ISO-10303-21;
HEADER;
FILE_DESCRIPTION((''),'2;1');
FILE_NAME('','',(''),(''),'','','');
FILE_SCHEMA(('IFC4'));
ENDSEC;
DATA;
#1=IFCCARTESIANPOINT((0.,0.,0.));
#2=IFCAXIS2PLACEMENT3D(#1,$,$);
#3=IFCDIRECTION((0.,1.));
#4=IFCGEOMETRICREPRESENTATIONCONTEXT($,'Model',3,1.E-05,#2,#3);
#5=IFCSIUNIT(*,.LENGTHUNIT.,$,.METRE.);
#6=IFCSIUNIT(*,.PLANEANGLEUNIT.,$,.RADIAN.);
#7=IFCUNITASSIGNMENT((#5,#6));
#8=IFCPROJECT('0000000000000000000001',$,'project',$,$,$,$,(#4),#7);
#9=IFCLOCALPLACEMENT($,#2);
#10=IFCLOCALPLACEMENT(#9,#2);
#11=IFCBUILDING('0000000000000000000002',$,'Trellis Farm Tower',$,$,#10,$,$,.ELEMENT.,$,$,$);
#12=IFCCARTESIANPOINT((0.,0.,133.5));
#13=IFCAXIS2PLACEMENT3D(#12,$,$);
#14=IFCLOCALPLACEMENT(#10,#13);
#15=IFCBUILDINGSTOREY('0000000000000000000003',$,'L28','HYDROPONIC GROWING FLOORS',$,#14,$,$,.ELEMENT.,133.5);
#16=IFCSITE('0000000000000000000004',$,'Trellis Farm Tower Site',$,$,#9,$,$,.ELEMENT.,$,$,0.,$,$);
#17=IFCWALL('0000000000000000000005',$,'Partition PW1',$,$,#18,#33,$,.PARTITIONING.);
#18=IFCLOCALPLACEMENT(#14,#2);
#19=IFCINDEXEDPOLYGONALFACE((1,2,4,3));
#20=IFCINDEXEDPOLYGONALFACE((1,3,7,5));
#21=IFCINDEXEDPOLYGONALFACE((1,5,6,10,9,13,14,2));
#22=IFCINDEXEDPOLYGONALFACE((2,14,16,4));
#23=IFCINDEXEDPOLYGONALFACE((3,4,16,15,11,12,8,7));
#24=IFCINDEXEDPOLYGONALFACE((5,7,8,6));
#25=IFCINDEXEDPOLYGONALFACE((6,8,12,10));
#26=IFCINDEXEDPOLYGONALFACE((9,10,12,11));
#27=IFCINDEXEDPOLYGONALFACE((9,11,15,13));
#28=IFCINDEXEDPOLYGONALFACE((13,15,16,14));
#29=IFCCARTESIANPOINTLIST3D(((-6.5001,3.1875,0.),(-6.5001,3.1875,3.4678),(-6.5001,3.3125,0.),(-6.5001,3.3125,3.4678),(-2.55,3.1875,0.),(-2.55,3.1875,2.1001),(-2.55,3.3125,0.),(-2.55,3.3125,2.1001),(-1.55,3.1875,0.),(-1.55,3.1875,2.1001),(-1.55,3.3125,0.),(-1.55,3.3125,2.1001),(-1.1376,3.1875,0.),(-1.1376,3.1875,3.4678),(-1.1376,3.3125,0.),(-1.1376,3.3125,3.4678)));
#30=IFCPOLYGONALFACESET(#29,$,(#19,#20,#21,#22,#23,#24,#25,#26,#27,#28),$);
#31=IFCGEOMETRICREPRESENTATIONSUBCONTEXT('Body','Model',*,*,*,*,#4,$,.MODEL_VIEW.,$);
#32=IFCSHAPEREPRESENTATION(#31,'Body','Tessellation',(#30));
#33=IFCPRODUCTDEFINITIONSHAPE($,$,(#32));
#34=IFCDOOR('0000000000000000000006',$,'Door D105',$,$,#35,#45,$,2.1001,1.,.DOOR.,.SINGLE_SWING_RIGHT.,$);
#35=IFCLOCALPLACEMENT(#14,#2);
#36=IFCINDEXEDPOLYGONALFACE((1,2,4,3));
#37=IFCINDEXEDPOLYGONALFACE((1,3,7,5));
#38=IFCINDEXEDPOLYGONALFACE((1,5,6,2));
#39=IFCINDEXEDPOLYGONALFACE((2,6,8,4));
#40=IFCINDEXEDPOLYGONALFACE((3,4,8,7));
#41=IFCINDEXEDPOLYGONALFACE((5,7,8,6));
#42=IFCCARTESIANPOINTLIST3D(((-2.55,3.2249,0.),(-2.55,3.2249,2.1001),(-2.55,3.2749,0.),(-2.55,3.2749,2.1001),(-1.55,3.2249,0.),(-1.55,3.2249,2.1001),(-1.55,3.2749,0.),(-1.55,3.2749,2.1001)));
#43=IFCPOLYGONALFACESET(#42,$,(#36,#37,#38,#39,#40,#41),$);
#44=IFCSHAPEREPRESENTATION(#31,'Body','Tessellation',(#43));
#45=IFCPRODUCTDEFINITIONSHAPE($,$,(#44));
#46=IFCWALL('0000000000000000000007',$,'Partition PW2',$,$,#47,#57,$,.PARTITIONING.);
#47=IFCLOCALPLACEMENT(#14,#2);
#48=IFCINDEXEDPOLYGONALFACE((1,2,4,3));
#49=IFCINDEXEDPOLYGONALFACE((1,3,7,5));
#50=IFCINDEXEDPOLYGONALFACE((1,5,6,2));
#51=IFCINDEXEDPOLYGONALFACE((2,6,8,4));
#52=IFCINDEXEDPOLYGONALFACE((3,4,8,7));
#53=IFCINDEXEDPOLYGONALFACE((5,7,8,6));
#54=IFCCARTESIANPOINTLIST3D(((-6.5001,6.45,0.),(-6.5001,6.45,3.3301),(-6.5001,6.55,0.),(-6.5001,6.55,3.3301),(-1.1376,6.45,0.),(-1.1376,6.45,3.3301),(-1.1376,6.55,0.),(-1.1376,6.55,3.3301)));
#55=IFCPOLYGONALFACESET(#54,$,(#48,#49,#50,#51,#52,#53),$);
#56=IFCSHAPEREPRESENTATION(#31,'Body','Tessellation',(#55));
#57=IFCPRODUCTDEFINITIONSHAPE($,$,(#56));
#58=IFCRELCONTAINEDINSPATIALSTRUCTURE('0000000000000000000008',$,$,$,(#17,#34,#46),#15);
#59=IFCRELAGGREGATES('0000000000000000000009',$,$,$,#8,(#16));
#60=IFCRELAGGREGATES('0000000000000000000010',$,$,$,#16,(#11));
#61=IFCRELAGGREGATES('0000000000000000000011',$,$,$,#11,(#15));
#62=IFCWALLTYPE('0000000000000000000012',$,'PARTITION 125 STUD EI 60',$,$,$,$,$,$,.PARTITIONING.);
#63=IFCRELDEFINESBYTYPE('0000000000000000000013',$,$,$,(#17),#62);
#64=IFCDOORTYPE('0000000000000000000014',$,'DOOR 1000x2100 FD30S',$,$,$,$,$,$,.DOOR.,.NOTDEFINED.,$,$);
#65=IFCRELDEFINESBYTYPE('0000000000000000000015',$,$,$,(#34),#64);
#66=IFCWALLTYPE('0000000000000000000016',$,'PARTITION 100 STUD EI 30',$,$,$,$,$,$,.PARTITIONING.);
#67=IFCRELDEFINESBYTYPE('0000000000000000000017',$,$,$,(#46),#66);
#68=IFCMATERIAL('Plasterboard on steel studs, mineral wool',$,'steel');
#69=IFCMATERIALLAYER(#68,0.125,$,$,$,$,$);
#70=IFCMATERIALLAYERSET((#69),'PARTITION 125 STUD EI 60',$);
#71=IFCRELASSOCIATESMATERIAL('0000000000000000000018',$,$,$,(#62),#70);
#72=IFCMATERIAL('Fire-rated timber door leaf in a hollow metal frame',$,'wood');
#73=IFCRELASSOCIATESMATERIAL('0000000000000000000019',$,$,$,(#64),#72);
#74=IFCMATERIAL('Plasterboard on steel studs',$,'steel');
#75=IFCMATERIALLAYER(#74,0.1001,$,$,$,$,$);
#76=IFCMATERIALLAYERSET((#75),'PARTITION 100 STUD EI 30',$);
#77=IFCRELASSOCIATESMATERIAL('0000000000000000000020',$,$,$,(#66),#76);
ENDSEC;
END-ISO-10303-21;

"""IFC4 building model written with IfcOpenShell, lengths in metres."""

from ifc_helpers import new_model, si_unit, direction, frame, frame_2d, origin, place, context, subcontext, project, spatial, rectangle, extrude, source, transform, mapped, material, layer, layer_set, type_object, element, fill, save


model = new_model("IFC4")

# Units and contexts
model_context = context("Model", 3, precision=1e-05, world=origin(), true_north=direction((0.0, 1.0)))
body_context = subcontext(model_context, "Body", "Model", "MODEL_VIEW")
ifc_project = project(units=[si_unit("LENGTHUNIT", "METRE"), si_unit("PLANEANGLEUNIT", "RADIAN")], contexts=[model_context])

# Site, building, storey
site_placement = place(None, origin())
site = spatial("IfcSite", under=ifc_project, at=site_placement, Name="Trellis Farm Tower Site", CompositionType="ELEMENT", RefElevation=0.0)
building_placement = place(site_placement, origin())
building = spatial("IfcBuilding", under=site, at=building_placement, Name="Trellis Farm Tower", CompositionType="ELEMENT")
storey_placement = place(building_placement, frame((0.0, 0.0, 133.5)))
storey = spatial("IfcBuildingStorey", under=building, at=storey_placement, Name="L28", Description="HYDROPONIC GROWING FLOORS", CompositionType="ELEMENT", Elevation=133.5)

# Shared definitions
shared_shape_1 = source(origin(), body_context, "Body", "SweptSolid", [
    extrude(rectangle(XDim=1.0, YDim=2.1001, at=frame_2d((0.5, 1.05))), frame((0.0, 0.0249, 0.0), z_axis=(0.0, -1.0, 0.0), x_axis=(1.0, 0.0, 0.0)), (0.0, 0.0, 1.0), 0.05),
])

# Wall, opening, door
ifc_material_1 = material(Name="Plasterboard on steel studs, mineral wool", Category="steel")
ifc_layer_1 = layer(ifc_material_1, 0.125)
ifc_layer_set_1 = layer_set([ifc_layer_1], Name="PARTITION 125 STUD EI 60")
wall_type_1 = type_object("IfcWallType", Name="PARTITION 125 STUD EI 60", PredefinedType="PARTITIONING", material=ifc_layer_set_1)
shared_shape_2 = source(origin(), body_context, "Body", "SweptSolid", [
    extrude(rectangle(XDim=5.3625, YDim=0.125, at=frame_2d((2.6812, 0.0))), origin(), (0.0, 0.0, 1.0), 3.4678),
])
wall_1_placement = place(storey_placement, frame((-6.5, 3.25, 0.0), z_axis=(0.0, 0.0, 1.0), x_axis=(1.0, 0.0, 0.0)))
wall_1 = element("IfcWall", 1, at=wall_1_placement, inside=storey, type_object=wall_type_1, Name="Partition PW1", PredefinedType="PARTITIONING", context=body_context, shape_type="MappedRepresentation", body=[
    mapped(shared_shape_2, transform((0.0, 0.0, 0.0))),
])
shared_shape_3 = source(origin(), body_context, "Body", "SweptSolid", [
    extrude(rectangle(XDim=1.0, YDim=2.1001, at=frame_2d((0.5, 1.05))), frame((0.0, 0.0725, 0.0), z_axis=(0.0, -1.0, 0.0), x_axis=(1.0, 0.0, 0.0)), (0.0, 0.0, 1.0), 0.145),
])
opening_1_placement = place(wall_1_placement, frame((3.95, 0.0, 0.0)))
opening_1 = element("IfcOpeningElement", 2, at=opening_1_placement, cuts=wall_1, PredefinedType="OPENING", context=body_context, shape_type="MappedRepresentation", body=[
    mapped(shared_shape_3, transform((0.0, 0.0, 0.0))),
])
ifc_material_2 = material(Name="Fire-rated timber door leaf in a hollow metal frame", Category="wood")
door_type_1 = type_object("IfcDoorType", Name="DOOR 1000x2100 FD30S", OperationType="NOTDEFINED", PredefinedType="DOOR", material=ifc_material_2)
door_1_placement = place(opening_1_placement, origin())
door_1 = element("IfcDoor", 3, at=door_1_placement, inside=storey, type_object=door_type_1, Name="Door D105", OperationType="SINGLE_SWING_RIGHT", OverallHeight=2.1001, OverallWidth=1.0, PredefinedType="DOOR", context=body_context, shape_type="MappedRepresentation", body=[
    mapped(shared_shape_1, transform((0.0, 0.0, 0.0))),
])
fill(opening_1, door_1)

# Wall
ifc_material_3 = material(Name="Plasterboard on steel studs", Category="steel")
ifc_layer_2 = layer(ifc_material_3, 0.1001)
ifc_layer_set_2 = layer_set([ifc_layer_2], Name="PARTITION 100 STUD EI 30")
wall_type_2 = type_object("IfcWallType", Name="PARTITION 100 STUD EI 30", PredefinedType="PARTITIONING", material=ifc_layer_set_2)
shared_shape_4 = source(origin(), body_context, "Body", "SweptSolid", [
    extrude(rectangle(XDim=5.3625, YDim=0.1001, at=frame_2d((2.6812, 0.0))), origin(), (0.0, 0.0, 1.0), 3.3301),
])
wall_2_placement = place(storey_placement, frame((-6.5, 6.5, 0.0), z_axis=(0.0, 0.0, 1.0), x_axis=(1.0, 0.0, 0.0)))
element("IfcWall", 4, at=wall_2_placement, inside=storey, type_object=wall_type_2, Name="Partition PW2", PredefinedType="PARTITIONING", context=body_context, shape_type="MappedRepresentation", body=[
    mapped(shared_shape_4, transform((0.0, 0.0, 0.0))),
])

save(model, "model.ifc")
